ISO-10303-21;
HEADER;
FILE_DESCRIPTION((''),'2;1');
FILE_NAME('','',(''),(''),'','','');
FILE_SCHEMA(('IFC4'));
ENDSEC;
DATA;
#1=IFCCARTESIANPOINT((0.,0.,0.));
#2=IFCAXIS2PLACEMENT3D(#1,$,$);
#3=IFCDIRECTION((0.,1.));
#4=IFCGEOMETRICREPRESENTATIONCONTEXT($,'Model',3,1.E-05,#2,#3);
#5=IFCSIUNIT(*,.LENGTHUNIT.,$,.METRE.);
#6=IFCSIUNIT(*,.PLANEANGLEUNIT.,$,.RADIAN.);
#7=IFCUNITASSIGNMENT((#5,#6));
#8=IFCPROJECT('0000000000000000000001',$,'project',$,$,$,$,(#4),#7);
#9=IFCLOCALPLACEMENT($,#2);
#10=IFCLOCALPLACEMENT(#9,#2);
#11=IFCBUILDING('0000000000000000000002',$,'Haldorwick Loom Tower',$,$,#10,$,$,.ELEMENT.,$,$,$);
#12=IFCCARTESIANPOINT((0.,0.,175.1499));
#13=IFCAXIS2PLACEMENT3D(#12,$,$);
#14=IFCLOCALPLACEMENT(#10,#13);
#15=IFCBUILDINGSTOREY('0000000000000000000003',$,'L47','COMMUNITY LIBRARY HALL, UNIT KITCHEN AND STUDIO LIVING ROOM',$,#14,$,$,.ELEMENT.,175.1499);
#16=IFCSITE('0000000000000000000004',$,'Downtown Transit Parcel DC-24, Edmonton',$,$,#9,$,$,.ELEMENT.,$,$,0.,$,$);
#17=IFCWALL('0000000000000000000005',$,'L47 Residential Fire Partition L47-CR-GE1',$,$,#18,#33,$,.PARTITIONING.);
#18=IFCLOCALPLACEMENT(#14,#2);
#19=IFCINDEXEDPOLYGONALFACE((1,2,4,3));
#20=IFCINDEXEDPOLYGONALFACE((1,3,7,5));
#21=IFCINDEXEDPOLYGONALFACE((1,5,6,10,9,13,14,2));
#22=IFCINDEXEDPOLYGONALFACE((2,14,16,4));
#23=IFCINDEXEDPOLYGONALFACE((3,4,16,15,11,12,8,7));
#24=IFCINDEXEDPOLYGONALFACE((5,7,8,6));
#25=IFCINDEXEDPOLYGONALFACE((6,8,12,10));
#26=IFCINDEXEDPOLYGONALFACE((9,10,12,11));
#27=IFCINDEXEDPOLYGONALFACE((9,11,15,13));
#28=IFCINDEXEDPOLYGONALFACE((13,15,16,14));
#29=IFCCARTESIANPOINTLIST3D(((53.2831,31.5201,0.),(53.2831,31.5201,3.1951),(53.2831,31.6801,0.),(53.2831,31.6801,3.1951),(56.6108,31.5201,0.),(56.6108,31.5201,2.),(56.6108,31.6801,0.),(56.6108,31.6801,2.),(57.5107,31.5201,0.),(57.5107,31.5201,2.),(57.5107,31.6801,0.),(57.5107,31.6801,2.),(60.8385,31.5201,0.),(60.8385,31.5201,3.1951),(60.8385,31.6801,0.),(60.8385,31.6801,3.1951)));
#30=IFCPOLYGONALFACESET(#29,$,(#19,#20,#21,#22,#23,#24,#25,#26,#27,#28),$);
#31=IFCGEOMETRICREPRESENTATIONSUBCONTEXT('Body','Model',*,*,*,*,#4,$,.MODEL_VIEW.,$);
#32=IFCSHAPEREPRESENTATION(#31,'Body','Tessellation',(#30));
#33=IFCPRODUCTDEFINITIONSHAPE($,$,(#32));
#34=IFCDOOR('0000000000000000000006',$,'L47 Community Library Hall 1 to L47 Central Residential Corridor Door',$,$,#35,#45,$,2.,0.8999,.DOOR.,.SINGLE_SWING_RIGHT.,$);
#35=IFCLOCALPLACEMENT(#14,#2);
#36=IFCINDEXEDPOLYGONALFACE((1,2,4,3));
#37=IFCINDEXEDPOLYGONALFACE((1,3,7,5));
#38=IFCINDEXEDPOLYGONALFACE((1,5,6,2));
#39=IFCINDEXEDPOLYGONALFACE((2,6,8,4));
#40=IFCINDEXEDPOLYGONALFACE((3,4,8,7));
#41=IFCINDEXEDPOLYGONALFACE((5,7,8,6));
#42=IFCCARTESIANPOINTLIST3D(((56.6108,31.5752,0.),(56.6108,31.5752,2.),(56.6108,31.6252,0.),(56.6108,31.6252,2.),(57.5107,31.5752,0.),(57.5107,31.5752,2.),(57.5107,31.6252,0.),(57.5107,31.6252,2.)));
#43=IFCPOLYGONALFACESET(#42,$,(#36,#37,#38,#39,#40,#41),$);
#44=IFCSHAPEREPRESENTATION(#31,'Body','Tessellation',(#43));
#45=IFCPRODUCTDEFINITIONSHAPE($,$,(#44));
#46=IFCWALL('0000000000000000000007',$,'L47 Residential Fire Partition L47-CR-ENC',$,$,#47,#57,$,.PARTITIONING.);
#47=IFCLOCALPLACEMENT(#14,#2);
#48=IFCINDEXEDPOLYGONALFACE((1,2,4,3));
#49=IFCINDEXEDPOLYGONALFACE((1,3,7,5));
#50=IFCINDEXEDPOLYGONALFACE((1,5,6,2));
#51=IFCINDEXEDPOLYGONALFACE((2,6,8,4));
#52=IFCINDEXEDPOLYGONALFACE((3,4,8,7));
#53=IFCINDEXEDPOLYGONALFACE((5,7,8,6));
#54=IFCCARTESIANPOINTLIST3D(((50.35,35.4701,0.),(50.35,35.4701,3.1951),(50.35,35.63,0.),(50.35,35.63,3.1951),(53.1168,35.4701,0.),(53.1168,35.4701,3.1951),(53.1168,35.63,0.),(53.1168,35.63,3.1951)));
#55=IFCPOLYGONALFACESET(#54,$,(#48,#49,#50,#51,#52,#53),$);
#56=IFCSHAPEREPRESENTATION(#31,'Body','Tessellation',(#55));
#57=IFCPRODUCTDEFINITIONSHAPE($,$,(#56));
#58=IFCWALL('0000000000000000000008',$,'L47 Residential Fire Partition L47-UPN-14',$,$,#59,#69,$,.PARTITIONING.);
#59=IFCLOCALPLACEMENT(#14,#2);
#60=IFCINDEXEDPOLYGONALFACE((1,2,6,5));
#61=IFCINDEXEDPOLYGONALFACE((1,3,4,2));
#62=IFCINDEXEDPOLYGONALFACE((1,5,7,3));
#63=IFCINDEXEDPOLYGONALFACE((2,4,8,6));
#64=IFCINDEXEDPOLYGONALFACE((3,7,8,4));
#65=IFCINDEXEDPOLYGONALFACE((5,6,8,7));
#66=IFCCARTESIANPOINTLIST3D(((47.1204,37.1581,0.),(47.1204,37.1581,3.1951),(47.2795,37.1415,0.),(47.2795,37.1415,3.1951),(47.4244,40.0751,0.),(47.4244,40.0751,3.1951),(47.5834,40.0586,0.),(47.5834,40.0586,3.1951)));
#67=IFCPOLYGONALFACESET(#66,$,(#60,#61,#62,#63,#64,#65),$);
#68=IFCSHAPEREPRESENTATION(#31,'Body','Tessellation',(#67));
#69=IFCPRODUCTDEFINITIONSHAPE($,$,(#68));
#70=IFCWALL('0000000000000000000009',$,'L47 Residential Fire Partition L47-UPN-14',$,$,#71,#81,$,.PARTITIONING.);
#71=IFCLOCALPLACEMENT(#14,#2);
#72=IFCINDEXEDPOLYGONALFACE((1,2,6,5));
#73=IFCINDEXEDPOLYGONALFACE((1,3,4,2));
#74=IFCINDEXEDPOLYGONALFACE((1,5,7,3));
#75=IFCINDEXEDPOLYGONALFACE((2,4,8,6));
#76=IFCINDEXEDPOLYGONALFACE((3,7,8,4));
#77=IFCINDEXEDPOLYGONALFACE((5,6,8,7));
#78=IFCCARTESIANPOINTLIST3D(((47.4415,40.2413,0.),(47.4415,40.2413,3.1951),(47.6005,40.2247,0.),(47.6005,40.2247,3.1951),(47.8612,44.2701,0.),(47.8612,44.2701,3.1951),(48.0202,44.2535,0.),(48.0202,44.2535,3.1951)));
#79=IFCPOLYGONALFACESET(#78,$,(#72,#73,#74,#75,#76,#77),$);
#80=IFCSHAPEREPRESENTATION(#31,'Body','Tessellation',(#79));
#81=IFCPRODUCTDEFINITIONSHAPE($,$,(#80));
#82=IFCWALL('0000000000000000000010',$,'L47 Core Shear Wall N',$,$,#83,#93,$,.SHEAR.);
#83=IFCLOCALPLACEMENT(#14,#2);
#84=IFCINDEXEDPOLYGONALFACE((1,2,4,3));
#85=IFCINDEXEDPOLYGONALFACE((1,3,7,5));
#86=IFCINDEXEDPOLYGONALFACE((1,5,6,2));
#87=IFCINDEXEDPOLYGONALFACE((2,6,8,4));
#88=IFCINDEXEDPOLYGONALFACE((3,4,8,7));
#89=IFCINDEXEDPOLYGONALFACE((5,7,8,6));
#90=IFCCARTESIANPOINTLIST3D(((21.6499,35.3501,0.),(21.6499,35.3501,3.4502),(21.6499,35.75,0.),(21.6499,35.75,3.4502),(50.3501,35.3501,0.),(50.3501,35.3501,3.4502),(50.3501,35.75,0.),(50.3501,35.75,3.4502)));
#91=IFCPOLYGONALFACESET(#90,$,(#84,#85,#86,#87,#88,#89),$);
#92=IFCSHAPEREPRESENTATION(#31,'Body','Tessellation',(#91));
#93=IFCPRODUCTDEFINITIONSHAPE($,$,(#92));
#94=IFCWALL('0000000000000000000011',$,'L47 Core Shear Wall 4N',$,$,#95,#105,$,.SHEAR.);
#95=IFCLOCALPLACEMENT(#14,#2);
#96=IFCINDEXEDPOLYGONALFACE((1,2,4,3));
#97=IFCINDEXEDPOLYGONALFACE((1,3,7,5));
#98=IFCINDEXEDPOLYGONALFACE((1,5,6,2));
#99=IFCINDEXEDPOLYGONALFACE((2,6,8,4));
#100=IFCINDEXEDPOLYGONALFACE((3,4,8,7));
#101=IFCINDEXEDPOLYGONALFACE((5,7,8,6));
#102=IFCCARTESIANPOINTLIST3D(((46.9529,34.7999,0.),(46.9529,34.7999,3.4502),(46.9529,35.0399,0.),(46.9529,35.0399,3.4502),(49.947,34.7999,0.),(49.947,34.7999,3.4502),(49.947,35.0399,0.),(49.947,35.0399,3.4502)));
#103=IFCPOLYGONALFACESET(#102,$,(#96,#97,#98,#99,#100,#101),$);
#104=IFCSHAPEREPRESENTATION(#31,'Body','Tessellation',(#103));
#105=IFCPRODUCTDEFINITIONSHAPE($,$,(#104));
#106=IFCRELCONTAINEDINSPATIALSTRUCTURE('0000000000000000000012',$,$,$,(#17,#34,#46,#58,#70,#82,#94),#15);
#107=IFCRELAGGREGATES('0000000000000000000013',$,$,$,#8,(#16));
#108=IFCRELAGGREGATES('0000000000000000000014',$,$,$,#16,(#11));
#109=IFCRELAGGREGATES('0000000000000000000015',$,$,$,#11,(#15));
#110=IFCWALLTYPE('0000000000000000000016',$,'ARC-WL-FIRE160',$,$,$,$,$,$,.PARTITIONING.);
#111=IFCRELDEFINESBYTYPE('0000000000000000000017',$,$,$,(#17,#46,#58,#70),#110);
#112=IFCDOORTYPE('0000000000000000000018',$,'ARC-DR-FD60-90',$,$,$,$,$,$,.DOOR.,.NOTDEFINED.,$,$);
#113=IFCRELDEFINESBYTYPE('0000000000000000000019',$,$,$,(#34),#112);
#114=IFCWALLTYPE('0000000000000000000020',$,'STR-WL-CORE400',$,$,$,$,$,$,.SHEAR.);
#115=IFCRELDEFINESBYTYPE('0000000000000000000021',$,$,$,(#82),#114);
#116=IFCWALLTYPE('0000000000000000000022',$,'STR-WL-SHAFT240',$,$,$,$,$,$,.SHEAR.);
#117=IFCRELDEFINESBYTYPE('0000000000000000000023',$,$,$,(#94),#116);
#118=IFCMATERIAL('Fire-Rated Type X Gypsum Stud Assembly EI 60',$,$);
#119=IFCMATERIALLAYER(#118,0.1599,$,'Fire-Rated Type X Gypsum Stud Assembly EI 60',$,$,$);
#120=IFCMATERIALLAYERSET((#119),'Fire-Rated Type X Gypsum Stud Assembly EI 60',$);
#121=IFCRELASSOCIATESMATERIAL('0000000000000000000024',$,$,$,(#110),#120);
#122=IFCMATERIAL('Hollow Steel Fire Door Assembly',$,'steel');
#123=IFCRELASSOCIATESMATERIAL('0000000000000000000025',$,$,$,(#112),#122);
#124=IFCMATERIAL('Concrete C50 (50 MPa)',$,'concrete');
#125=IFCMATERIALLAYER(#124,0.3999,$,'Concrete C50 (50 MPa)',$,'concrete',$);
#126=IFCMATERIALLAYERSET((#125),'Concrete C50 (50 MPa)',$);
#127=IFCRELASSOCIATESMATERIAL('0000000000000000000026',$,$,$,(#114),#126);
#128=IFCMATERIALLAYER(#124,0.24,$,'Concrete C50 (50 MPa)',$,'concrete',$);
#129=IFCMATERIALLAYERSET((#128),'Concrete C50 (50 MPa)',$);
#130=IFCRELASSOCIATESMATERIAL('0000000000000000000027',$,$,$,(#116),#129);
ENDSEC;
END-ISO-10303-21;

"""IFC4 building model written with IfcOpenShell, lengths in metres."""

from ifc_helpers import new_model, si_unit, direction, frame, frame_2d, origin, place, context, subcontext, project, spatial, rectangle, extrude, material, layer, layer_set, type_object, element, fill, save


model = new_model("IFC4")

# Units and contexts
model_context = context("Model", 3, precision=1e-05, world=origin(), true_north=direction((0.0, 1.0)))
body_context = subcontext(model_context, "Body", "Model", "MODEL_VIEW")
ifc_project = project(units=[si_unit("LENGTHUNIT", "METRE"), si_unit("PLANEANGLEUNIT", "RADIAN")], contexts=[model_context])

# Site, building, storey
site_placement = place(None, origin())
site = spatial("IfcSite", under=ifc_project, at=site_placement, Name="Downtown Transit Parcel DC-24, Edmonton", CompositionType="ELEMENT", RefElevation=0.0)
building_placement = place(site_placement, origin())
building = spatial("IfcBuilding", under=site, at=building_placement, Name="Haldorwick Loom Tower", CompositionType="ELEMENT")
storey_placement = place(building_placement, frame((0.0, 0.0, 175.1499)))
storey = spatial("IfcBuildingStorey", under=building, at=storey_placement, Name="L47", Description="COMMUNITY LIBRARY HALL, UNIT KITCHEN AND STUDIO LIVING ROOM", CompositionType="ELEMENT", Elevation=175.1499)

# Shared definitions
ifc_material_1 = material(Name="Fire-Rated Type X Gypsum Stud Assembly EI 60")
ifc_layer_1 = layer(ifc_material_1, 0.1599, Name="Fire-Rated Type X Gypsum Stud Assembly EI 60")
ifc_layer_set_1 = layer_set([ifc_layer_1], Name="Fire-Rated Type X Gypsum Stud Assembly EI 60")
wall_type_1 = type_object("IfcWallType", Name="ARC-WL-FIRE160", PredefinedType="PARTITIONING", material=ifc_layer_set_1)

# Wall, opening, door
wall_1_placement = place(storey_placement, frame((53.283, 31.6001, 0.0), z_axis=(0.0, 0.0, 1.0), x_axis=(1.0, 0.0, 0.0)))
wall_1 = element("IfcWall", 1, at=wall_1_placement, inside=storey, type_object=wall_type_1, Name="L47 Residential Fire Partition L47-CR-GE1", PredefinedType="PARTITIONING", context=body_context, shape_type="SweptSolid", body=[
    extrude(rectangle(XDim=7.5554, YDim=0.1599, at=frame_2d((3.7778, 0.0))), origin(), (0.0, 0.0, 1.0), 3.1951),
])
opening_1_placement = place(wall_1_placement, frame((3.3279, 0.0, 0.0)))
opening_1 = element("IfcOpeningElement", 2, at=opening_1_placement, cuts=wall_1, PredefinedType="OPENING", context=body_context, shape_type="SweptSolid", body=[
    extrude(rectangle(XDim=0.8999, YDim=2.0, at=frame_2d((0.45, 1.0))), frame((0.0, 0.0898, 0.0), z_axis=(0.0, -1.0, 0.0), x_axis=(1.0, 0.0, 0.0)), (0.0, 0.0, 1.0), 0.1799),
])
ifc_material_2 = material(Name="Hollow Steel Fire Door Assembly", Category="steel")
door_type = type_object("IfcDoorType", Name="ARC-DR-FD60-90", OperationType="NOTDEFINED", PredefinedType="DOOR", material=ifc_material_2)
door_placement = place(opening_1_placement, frame((0.8999, 0.0, 0.0), z_axis=(0.0, 0.0, 1.0), x_axis=(-1.0, 0.0, 0.0)))
door = element("IfcDoor", 3, at=door_placement, inside=storey, type_object=door_type, Name="L47 Community Library Hall 1 to L47 Central Residential Corridor Door", OperationType="SINGLE_SWING_RIGHT", OverallHeight=2.0, OverallWidth=0.8999, PredefinedType="DOOR", context=body_context, shape_type="SweptSolid", body=[
    extrude(rectangle(XDim=0.8999, YDim=2.0, at=frame_2d((0.45, 1.0))), frame((0.0, 0.0249, 0.0), z_axis=(0.0, -1.0, 0.0), x_axis=(1.0, 0.0, 0.0)), (0.0, 0.0, 1.0), 0.05),
])
fill(opening_1, door)

# Walls
wall_2_placement = place(storey_placement, frame((50.3501, 35.55, 0.0), z_axis=(0.0, 0.0, 1.0), x_axis=(1.0, 0.0, 0.0)))
element("IfcWall", 4, at=wall_2_placement, inside=storey, type_object=wall_type_1, Name="L47 Residential Fire Partition L47-CR-ENC", PredefinedType="PARTITIONING", context=body_context, shape_type="SweptSolid", body=[
    extrude(rectangle(XDim=2.7668, YDim=0.1599, at=frame_2d((1.3833, 0.0))), origin(), (0.0, 0.0, 1.0), 3.1951),
])
wall_3_placement = place(storey_placement, frame((47.2, 37.1499, 0.0), z_axis=(0.0, 0.0, 1.0), x_axis=(0.10364, 0.994615, 0.0)))
element("IfcWall", 5, at=wall_3_placement, inside=storey, type_object=wall_type_1, Name="L47 Residential Fire Partition L47-UPN-14", PredefinedType="PARTITIONING", context=body_context, shape_type="SweptSolid", body=[
    extrude(rectangle(XDim=2.9329, YDim=0.1599, at=frame_2d((1.4663, 0.0))), origin(), (0.0, 0.0, 1.0), 3.1951),
])
wall_4_placement = place(storey_placement, frame((47.521, 40.2329, 0.0), z_axis=(0.0, 0.0, 1.0), x_axis=(0.103609, 0.994618, 0.0)))
element("IfcWall", 6, at=wall_4_placement, inside=storey, type_object=wall_type_1, Name="L47 Residential Fire Partition L47-UPN-14", PredefinedType="PARTITIONING", context=body_context, shape_type="SweptSolid", body=[
    extrude(rectangle(XDim=4.0505, YDim=0.1599, at=frame_2d((2.0254, 0.0))), origin(), (0.0, 0.0, 1.0), 3.1951),
])
ifc_material_3 = material(Name="Concrete C50 (50 MPa)", Category="concrete")
ifc_layer_2 = layer(ifc_material_3, 0.3999, Name="Concrete C50 (50 MPa)", Category="concrete")
ifc_layer_set_2 = layer_set([ifc_layer_2], Name="Concrete C50 (50 MPa)")
wall_type_2 = type_object("IfcWallType", Name="STR-WL-CORE400", PredefinedType="SHEAR", material=ifc_layer_set_2)
wall_5_placement = place(storey_placement, frame((50.3501, 35.55, 0.0), z_axis=(0.0, 0.0, 1.0), x_axis=(-1.0, 0.0, 0.0)))
element("IfcWall", 7, at=wall_5_placement, inside=storey, type_object=wall_type_2, Name="L47 Core Shear Wall N", PredefinedType="SHEAR", context=body_context, shape_type="SweptSolid", body=[
    extrude(rectangle(XDim=28.7002, YDim=0.3999, at=frame_2d((14.3501, 0.0))), origin(), (0.0, 0.0, 1.0), 3.4502),
])
ifc_layer_3 = layer(ifc_material_3, 0.24, Name="Concrete C50 (50 MPa)", Category="concrete")
ifc_layer_set_3 = layer_set([ifc_layer_3], Name="Concrete C50 (50 MPa)")
wall_type_3 = type_object("IfcWallType", Name="STR-WL-SHAFT240", PredefinedType="SHEAR", material=ifc_layer_set_3)
wall_6_placement = place(storey_placement, frame((46.9529, 34.9199, 0.0), z_axis=(0.0, 0.0, 1.0), x_axis=(1.0, 0.0, 0.0)))
element("IfcWall", 8, at=wall_6_placement, inside=storey, type_object=wall_type_3, Name="L47 Core Shear Wall 4N", PredefinedType="SHEAR", context=body_context, shape_type="SweptSolid", body=[
    extrude(rectangle(XDim=2.9941, YDim=0.24, at=frame_2d((1.4971, 0.0))), origin(), (0.0, 0.0, 1.0), 3.4502),
])

save(model, "model.ifc")
